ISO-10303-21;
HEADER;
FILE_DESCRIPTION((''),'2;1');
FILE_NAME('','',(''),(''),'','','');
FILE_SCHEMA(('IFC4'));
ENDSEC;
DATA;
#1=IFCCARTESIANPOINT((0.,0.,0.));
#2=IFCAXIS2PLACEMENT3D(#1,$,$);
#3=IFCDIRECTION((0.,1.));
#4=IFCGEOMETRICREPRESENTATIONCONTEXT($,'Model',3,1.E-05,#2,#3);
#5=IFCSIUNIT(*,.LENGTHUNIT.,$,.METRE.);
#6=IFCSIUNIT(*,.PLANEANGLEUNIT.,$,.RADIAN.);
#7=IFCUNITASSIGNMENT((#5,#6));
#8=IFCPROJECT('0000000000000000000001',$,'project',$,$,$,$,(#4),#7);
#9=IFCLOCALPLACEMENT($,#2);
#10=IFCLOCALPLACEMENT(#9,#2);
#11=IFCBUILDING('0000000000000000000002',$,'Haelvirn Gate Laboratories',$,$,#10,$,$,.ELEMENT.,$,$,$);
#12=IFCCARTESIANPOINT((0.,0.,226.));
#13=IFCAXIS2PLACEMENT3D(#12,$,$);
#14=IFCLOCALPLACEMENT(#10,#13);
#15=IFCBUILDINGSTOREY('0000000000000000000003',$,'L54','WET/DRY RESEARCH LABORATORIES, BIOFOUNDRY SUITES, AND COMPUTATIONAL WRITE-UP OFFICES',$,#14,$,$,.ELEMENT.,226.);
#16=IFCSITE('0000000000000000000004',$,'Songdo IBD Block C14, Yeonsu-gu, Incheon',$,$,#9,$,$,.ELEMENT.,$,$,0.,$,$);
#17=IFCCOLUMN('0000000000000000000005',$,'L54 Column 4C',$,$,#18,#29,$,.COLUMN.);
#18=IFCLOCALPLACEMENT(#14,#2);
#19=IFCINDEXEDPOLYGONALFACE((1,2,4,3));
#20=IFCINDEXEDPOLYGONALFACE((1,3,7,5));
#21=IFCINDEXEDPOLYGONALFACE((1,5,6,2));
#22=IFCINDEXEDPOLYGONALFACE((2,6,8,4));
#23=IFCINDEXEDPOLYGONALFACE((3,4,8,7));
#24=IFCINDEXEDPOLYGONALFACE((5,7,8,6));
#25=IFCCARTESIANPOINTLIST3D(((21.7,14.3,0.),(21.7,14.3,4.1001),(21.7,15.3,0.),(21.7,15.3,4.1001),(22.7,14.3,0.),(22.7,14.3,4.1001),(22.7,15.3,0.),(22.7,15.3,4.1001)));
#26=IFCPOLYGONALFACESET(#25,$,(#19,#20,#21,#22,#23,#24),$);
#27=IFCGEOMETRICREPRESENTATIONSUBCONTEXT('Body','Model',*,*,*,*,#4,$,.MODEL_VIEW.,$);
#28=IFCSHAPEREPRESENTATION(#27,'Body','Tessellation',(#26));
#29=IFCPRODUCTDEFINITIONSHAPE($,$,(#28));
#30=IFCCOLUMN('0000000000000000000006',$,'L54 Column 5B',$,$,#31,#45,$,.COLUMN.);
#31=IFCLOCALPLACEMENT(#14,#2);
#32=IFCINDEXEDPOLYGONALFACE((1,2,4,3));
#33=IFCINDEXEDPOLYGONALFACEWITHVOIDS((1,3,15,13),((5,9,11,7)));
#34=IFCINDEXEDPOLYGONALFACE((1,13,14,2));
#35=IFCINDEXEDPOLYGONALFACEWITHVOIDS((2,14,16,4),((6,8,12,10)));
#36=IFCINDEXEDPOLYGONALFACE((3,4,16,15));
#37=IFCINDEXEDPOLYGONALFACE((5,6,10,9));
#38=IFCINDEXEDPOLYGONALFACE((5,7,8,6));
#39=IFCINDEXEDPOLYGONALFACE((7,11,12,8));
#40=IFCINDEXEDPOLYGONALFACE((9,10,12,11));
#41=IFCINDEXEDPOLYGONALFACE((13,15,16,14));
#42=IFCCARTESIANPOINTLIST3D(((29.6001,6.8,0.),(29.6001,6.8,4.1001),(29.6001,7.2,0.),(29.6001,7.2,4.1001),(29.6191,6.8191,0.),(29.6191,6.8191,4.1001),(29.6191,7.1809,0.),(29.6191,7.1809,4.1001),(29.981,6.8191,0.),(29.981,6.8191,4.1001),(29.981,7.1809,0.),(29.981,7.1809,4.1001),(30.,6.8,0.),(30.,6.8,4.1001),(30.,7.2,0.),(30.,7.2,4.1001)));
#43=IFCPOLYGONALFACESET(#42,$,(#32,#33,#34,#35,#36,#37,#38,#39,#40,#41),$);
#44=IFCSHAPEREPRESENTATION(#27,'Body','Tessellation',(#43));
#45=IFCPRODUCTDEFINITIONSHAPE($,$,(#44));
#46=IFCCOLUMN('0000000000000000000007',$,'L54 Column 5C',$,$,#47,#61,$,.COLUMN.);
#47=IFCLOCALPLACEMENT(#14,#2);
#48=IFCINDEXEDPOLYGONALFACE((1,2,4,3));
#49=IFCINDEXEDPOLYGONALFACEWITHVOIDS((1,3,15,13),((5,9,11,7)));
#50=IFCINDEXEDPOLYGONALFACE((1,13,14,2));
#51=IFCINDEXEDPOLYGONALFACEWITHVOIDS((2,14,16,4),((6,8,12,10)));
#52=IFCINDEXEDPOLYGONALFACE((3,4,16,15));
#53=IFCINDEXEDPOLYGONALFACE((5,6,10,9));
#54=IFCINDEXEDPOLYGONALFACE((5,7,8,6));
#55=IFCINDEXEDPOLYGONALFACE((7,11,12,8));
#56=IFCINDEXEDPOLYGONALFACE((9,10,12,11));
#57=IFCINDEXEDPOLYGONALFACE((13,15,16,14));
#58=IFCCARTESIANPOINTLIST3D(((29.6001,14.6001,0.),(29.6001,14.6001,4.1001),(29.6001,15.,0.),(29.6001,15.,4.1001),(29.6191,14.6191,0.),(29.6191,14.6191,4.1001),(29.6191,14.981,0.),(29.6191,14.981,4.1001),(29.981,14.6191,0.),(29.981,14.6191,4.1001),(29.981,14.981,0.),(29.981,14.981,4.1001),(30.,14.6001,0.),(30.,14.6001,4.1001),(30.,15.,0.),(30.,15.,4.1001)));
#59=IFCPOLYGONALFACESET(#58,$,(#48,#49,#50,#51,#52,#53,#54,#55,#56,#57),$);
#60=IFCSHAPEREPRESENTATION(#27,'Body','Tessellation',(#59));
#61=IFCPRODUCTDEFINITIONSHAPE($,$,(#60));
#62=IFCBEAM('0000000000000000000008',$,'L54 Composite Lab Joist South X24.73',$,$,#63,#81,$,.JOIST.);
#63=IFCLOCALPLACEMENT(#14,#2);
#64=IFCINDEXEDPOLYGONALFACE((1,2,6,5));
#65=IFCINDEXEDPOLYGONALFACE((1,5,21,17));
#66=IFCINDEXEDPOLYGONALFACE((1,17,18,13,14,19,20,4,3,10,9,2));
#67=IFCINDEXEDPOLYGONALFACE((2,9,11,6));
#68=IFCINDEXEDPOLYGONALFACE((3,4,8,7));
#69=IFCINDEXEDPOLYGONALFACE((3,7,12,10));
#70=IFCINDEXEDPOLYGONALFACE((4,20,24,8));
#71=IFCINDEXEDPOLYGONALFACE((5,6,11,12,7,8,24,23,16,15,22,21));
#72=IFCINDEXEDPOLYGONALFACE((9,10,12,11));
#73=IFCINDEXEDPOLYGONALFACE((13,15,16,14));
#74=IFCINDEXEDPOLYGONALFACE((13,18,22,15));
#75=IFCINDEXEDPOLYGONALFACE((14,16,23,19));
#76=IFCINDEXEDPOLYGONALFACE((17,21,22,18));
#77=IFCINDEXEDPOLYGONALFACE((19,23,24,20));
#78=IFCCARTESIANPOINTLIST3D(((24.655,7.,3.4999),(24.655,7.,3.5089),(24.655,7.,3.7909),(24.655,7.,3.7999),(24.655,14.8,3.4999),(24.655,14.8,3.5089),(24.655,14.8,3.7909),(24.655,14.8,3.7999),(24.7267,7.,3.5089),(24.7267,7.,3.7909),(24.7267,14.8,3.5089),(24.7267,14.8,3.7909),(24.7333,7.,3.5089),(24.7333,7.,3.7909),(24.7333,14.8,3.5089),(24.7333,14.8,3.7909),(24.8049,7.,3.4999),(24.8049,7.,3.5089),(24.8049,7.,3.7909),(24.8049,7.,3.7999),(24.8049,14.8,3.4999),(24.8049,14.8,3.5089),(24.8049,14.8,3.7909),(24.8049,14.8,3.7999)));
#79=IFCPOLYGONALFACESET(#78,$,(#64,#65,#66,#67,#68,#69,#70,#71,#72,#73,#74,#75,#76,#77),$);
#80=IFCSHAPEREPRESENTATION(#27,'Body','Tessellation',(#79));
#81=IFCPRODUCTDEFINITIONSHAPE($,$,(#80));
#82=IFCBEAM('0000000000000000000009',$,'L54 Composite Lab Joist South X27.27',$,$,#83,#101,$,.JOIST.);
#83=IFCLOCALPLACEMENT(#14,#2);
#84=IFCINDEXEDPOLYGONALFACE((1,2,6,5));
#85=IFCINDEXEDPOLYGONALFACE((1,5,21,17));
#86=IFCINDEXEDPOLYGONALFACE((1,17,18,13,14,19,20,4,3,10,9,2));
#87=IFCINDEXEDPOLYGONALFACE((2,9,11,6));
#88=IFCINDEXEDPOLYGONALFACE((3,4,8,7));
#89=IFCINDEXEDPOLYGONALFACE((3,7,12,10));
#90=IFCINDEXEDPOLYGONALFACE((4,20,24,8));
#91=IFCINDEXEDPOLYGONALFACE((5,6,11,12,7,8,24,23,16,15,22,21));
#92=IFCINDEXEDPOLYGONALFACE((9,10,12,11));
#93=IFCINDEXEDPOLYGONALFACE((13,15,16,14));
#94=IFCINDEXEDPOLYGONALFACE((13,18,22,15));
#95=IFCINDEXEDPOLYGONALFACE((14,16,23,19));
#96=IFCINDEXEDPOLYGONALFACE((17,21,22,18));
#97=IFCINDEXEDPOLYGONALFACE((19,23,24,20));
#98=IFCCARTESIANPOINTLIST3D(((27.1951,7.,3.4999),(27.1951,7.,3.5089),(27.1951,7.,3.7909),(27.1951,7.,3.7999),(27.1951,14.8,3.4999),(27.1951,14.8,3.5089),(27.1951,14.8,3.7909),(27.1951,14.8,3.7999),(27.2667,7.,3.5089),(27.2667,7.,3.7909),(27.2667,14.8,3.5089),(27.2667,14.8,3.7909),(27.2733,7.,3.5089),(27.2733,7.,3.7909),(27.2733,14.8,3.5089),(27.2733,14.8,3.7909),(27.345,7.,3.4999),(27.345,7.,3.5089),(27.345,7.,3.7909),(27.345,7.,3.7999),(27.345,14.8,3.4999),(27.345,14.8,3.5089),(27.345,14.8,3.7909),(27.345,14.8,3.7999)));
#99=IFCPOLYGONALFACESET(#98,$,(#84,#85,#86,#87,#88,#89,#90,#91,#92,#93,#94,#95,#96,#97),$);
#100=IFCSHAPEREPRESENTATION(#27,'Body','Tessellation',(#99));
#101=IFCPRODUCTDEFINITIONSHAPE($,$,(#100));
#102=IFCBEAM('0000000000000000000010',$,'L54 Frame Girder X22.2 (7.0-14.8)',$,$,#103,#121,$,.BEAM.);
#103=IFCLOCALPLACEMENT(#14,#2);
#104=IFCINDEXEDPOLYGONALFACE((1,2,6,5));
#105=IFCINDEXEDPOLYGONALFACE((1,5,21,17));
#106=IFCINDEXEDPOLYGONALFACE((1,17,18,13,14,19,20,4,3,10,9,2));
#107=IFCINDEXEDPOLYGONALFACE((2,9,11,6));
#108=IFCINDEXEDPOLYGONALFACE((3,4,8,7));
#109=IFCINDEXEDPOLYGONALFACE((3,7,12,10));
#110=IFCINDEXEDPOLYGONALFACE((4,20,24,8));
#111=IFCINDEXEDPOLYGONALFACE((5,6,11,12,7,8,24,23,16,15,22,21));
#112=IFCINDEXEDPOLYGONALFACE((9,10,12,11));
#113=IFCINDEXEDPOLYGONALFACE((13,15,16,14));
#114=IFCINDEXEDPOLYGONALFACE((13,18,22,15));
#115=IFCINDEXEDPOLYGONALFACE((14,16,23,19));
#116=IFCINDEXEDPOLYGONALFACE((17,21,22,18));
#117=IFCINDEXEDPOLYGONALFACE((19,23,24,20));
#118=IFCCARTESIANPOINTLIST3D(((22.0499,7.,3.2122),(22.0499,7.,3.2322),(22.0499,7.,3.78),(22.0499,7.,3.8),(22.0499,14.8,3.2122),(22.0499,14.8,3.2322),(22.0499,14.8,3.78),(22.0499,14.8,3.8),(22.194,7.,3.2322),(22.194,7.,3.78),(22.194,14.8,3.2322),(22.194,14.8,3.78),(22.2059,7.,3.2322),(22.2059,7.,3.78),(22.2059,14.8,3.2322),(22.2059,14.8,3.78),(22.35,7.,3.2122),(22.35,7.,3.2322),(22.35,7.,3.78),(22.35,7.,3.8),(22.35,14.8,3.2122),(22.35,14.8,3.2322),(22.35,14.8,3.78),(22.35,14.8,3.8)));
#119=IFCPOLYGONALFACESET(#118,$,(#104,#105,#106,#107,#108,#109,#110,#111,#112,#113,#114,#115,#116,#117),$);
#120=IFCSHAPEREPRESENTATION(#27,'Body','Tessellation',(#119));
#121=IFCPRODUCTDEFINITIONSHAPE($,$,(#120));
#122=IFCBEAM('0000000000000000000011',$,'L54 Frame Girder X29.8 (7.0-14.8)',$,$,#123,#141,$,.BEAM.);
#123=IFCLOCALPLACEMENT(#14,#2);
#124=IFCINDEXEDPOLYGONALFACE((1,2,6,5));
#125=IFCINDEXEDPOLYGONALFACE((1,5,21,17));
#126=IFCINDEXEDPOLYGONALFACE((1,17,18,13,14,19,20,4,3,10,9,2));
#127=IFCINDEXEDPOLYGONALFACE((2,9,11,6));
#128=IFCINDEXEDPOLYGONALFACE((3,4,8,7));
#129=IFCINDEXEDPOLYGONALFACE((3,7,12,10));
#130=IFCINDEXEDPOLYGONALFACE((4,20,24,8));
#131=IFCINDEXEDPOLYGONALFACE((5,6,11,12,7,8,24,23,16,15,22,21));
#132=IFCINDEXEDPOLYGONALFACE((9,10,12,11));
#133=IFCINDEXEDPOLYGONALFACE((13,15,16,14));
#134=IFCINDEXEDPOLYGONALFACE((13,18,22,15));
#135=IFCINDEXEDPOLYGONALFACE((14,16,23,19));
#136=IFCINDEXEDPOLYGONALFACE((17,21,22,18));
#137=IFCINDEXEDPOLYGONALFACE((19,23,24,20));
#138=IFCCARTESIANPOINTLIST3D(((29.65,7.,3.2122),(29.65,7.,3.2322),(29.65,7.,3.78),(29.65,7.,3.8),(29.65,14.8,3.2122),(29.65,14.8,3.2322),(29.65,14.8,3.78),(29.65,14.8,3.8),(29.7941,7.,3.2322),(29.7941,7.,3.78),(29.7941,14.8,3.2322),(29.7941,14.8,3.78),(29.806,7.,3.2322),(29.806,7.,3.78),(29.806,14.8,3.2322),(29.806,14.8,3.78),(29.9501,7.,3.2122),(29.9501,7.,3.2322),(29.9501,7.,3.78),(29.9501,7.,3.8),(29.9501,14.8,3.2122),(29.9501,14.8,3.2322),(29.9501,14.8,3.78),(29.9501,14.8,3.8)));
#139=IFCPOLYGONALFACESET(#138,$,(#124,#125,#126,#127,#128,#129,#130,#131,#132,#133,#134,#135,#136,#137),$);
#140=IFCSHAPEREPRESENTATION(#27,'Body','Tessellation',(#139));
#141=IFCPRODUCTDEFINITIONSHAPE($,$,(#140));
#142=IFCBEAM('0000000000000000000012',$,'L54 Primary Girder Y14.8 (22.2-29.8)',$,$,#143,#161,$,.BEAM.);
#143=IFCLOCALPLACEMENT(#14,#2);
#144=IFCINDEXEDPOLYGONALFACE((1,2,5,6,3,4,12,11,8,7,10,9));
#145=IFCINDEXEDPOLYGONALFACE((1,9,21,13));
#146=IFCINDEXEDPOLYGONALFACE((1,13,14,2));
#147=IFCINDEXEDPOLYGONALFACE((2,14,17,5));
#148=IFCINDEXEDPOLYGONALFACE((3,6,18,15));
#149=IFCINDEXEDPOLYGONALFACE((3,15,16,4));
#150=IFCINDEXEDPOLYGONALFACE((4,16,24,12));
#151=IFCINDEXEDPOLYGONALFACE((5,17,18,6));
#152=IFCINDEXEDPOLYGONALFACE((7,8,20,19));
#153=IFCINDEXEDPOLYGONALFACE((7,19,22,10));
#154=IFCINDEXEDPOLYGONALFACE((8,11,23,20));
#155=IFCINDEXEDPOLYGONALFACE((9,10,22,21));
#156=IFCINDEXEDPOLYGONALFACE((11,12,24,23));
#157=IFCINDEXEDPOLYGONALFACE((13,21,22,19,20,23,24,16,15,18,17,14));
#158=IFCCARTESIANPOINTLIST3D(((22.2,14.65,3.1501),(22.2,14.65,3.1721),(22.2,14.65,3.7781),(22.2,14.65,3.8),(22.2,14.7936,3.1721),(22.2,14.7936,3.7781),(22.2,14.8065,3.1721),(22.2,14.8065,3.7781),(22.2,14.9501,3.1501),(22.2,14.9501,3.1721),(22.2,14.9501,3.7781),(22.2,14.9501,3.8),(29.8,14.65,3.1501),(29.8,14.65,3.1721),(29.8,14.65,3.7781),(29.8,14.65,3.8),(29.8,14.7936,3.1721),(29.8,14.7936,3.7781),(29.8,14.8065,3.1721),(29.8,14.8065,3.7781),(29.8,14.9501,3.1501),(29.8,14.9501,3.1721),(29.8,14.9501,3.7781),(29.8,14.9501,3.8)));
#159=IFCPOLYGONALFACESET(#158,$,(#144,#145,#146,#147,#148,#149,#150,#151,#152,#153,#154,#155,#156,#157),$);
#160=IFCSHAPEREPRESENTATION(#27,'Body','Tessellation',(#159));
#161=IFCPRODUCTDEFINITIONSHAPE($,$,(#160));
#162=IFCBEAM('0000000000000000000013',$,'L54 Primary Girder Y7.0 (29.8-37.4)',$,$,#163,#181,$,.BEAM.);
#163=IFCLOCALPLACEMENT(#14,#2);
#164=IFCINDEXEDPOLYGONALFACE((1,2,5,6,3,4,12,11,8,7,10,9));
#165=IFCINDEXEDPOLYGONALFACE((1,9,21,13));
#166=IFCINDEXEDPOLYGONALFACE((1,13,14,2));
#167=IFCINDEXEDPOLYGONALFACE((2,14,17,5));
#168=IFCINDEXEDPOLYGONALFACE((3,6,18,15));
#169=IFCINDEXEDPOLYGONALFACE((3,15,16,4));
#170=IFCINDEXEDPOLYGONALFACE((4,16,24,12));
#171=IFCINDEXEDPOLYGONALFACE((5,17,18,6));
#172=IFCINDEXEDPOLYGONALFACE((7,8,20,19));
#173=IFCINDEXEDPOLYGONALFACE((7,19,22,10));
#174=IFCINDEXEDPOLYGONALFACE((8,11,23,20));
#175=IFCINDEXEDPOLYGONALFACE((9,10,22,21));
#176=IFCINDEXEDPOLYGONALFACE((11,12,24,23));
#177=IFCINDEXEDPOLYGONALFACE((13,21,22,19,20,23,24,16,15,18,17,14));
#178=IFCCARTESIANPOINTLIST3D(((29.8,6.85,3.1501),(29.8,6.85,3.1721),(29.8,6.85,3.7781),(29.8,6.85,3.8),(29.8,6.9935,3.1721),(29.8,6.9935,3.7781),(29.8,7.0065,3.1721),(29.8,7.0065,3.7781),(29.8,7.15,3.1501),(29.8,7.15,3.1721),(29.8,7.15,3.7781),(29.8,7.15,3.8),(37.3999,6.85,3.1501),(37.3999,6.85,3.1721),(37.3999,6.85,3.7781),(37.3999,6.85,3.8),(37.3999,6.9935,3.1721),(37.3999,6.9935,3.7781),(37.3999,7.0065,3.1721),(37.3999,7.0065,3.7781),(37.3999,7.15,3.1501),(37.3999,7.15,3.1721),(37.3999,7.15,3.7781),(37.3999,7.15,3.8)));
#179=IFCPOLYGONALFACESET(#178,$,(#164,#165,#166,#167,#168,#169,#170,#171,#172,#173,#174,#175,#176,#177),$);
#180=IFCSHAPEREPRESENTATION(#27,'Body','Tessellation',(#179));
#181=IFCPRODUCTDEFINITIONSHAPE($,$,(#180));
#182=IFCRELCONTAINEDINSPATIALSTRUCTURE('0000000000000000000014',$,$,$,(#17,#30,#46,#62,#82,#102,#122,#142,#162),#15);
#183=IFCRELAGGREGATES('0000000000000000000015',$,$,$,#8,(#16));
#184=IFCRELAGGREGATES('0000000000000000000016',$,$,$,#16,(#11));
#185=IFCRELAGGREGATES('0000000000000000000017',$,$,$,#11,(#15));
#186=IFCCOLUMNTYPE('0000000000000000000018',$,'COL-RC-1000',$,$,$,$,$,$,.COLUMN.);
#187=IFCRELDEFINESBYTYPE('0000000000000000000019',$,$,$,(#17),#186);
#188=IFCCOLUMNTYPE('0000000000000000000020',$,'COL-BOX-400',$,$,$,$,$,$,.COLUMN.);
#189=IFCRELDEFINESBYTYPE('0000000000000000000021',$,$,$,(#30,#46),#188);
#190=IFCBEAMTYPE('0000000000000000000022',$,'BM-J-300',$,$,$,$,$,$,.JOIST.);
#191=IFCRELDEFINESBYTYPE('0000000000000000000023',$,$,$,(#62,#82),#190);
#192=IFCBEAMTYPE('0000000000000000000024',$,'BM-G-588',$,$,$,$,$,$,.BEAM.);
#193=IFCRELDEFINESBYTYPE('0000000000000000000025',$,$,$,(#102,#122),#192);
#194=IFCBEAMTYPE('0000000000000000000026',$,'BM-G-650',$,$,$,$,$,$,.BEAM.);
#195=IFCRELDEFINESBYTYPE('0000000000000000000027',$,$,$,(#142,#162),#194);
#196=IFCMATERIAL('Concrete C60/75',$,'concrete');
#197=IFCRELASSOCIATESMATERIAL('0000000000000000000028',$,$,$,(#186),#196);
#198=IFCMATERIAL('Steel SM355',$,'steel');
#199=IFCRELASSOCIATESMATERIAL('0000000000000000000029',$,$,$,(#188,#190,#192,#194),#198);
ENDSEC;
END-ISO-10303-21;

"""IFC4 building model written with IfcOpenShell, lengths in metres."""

from ifc_helpers import new_model, si_unit, direction, frame, origin, origin_2d, place, context, subcontext, project, spatial, rectangle, hollow_rectangle, i_section, extrude, source, transform, mapped, material, material_profile, profile_set, type_object, type_shapes, element, save


model = new_model("IFC4")

# Units and contexts
model_context = context("Model", 3, precision=1e-05, world=origin(), true_north=direction((0.0, 1.0)))
body_context = subcontext(model_context, "Body", "Model", "MODEL_VIEW")
ifc_project = project(units=[si_unit("LENGTHUNIT", "METRE"), si_unit("PLANEANGLEUNIT", "RADIAN")], contexts=[model_context])

# Site, building, storey
site_placement = place(None, origin())
site = spatial("IfcSite", under=ifc_project, at=site_placement, Name="Songdo IBD Block C14, Yeonsu-gu, Incheon", CompositionType="ELEMENT", RefElevation=0.0)
building_placement = place(site_placement, origin())
building = spatial("IfcBuilding", under=site, at=building_placement, Name="Haelvirn Gate Laboratories", CompositionType="ELEMENT")
storey_placement = place(building_placement, frame((0.0, 0.0, 226.0)))
storey = spatial("IfcBuildingStorey", under=building, at=storey_placement, Name="L54", Description="WET/DRY RESEARCH LABORATORIES, BIOFOUNDRY SUITES, AND COMPUTATIONAL WRITE-UP OFFICES", CompositionType="ELEMENT", Elevation=226.0)

# Columns
ifc_material_1 = material(Name="Concrete C60/75", Category="concrete")
ifc_material_profile_1 = material_profile(ifc_material_1, rectangle(XDim=1.0, YDim=1.0, at=origin_2d()), Name="RC-1000x1000")
ifc_profile_set_1 = profile_set([ifc_material_profile_1], Name="Concrete C60/75")
column_type_1 = type_object("IfcColumnType", Name="COL-RC-1000", PredefinedType="COLUMN", material=ifc_profile_set_1)
shared_shape_1 = source(origin(), body_context, "Body", "SweptSolid", [
    extrude(rectangle(XDim=1.0, YDim=1.0, at=origin_2d()), origin(), (0.0, 0.0, 1.0), 4.1001),
])
type_shapes(column_type_1, [shared_shape_1])
column_placement = place(storey_placement, frame((22.2, 14.8, 0.0), z_axis=(0.0, 0.0, 1.0), x_axis=(1.0, 0.0, 0.0)))
element("IfcColumn", 1, at=column_placement, inside=storey, type_object=column_type_1, Name="L54 Column 4C", PredefinedType="COLUMN", context=body_context, shape_type="MappedRepresentation", body=[
    mapped(shared_shape_1, transform((0.0, 0.0, 0.0), scale=1.0)),
])
ifc_material_2 = material(Name="Steel SM355", Category="steel")
ifc_material_profile_2 = material_profile(ifc_material_2, hollow_rectangle(XDim=0.3999, YDim=0.3999, WallThickness=0.019, at=origin_2d()), Name="BOX-400x400x19")
ifc_profile_set_2 = profile_set([ifc_material_profile_2], Name="Steel SM355")
column_type_2 = type_object("IfcColumnType", Name="COL-BOX-400", PredefinedType="COLUMN", material=ifc_profile_set_2)
shared_shape_2 = source(origin(), body_context, "Body", "SweptSolid", [
    extrude(hollow_rectangle(XDim=0.3999, YDim=0.3999, WallThickness=0.019, at=origin_2d()), origin(), (0.0, 0.0, 1.0), 4.1001),
])
type_shapes(column_type_2, [shared_shape_2])
for number, where, z_axis, x_axis, name in (
    (2, (29.8, 7.0, 0.0), (0.0, 0.0, 1.0), (1.0, 0.0, 0.0), "L54 Column 5B"),
    (3, (29.8, 14.8, 0.0), (0.0, 0.0, 1.0), (1.0, 0.0, 0.0), "L54 Column 5C"),
):
    element("IfcColumn", number, at=place(storey_placement, frame(where, z_axis=z_axis, x_axis=x_axis)), inside=storey, type_object=column_type_2, Name=name, PredefinedType="COLUMN", context=body_context, shape_type="MappedRepresentation", body=[
        mapped(shared_shape_2, transform((0.0, 0.0, 0.0), scale=1.0)),
    ])

# Beams
ifc_material_profile_3 = material_profile(ifc_material_2, i_section(OverallWidth=0.1499, OverallDepth=0.3, WebThickness=0.0066, FlangeThickness=0.009, at=origin_2d()), Name="H-300x150x6.5x9")
ifc_profile_set_3 = profile_set([ifc_material_profile_3], Name="Steel SM355")
beam_type_1 = type_object("IfcBeamType", Name="BM-J-300", PredefinedType="JOIST", material=ifc_profile_set_3)
shared_shape_3 = source(origin(), body_context, "Body", "SweptSolid", [
    extrude(i_section(OverallWidth=0.1499, OverallDepth=0.3, WebThickness=0.0066, FlangeThickness=0.009, at=origin_2d()), origin(), (0.0, 0.0, 1.0), 7.8),
])
type_shapes(beam_type_1, [shared_shape_3])
for number, where, z_axis, x_axis, name in (
    (4, (24.73, 7.0, 3.6499), (0.0, 1.0, 0.0), (-1.0, 0.0, 0.0), "L54 Composite Lab Joist South X24.73"),
    (5, (27.27, 7.0, 3.6499), (0.0, 1.0, 0.0), (-1.0, 0.0, 0.0), "L54 Composite Lab Joist South X27.27"),
):
    element("IfcBeam", number, at=place(storey_placement, frame(where, z_axis=z_axis, x_axis=x_axis)), inside=storey, type_object=beam_type_1, Name=name, PredefinedType="JOIST", context=body_context, shape_type="MappedRepresentation", body=[
        mapped(shared_shape_3, transform((0.0, 0.0, 0.0), scale=1.0)),
    ])
ifc_material_profile_4 = material_profile(ifc_material_2, i_section(OverallWidth=0.3, OverallDepth=0.5879, WebThickness=0.012, FlangeThickness=0.02, at=origin_2d()), Name="H-588x300x12x20")
ifc_profile_set_4 = profile_set([ifc_material_profile_4], Name="Steel SM355")
beam_type_2 = type_object("IfcBeamType", Name="BM-G-588", PredefinedType="BEAM", material=ifc_profile_set_4)
shared_shape_4 = source(origin(), body_context, "Body", "SweptSolid", [
    extrude(i_section(OverallWidth=0.3, OverallDepth=0.5879, WebThickness=0.012, FlangeThickness=0.02, at=origin_2d()), origin(), (0.0, 0.0, 1.0), 7.8),
])
type_shapes(beam_type_2, [shared_shape_4])
for number, where, z_axis, x_axis, name in (
    (6, (22.2, 7.0, 3.5061), (0.0, 1.0, 0.0), (-1.0, 0.0, 0.0), "L54 Frame Girder X22.2 (7.0-14.8)"),
    (7, (29.8, 7.0, 3.5061), (0.0, 1.0, 0.0), (-1.0, 0.0, 0.0), "L54 Frame Girder X29.8 (7.0-14.8)"),
):
    element("IfcBeam", number, at=place(storey_placement, frame(where, z_axis=z_axis, x_axis=x_axis)), inside=storey, type_object=beam_type_2, Name=name, PredefinedType="BEAM", context=body_context, shape_type="MappedRepresentation", body=[
        mapped(shared_shape_4, transform((0.0, 0.0, 0.0), scale=1.0)),
    ])
ifc_material_profile_5 = material_profile(ifc_material_2, i_section(OverallWidth=0.3, OverallDepth=0.6499, WebThickness=0.0129, FlangeThickness=0.022, at=origin_2d()), Name="H-650x300x13x22")
ifc_profile_set_5 = profile_set([ifc_material_profile_5], Name="Steel SM355")
beam_type_3 = type_object("IfcBeamType", Name="BM-G-650", PredefinedType="BEAM", material=ifc_profile_set_5)
shared_shape_5 = source(origin(), body_context, "Body", "SweptSolid", [
    extrude(i_section(OverallWidth=0.3, OverallDepth=0.6499, WebThickness=0.0129, FlangeThickness=0.022, at=origin_2d()), origin(), (0.0, 0.0, 1.0), 7.6001),
])
beam_placement = place(storey_placement, frame((22.2, 14.8, 3.4751), z_axis=(1.0, 0.0, 0.0), x_axis=(0.0, 1.0, 0.0)))
element("IfcBeam", 8, at=beam_placement, inside=storey, type_object=beam_type_3, Name="L54 Primary Girder Y14.8 (22.2-29.8)", PredefinedType="BEAM", context=body_context, shape_type="MappedRepresentation", body=[
    mapped(shared_shape_5, transform((0.0, 0.0, 0.0), scale=1.0)),
])
shared_shape_6 = source(origin(), body_context, "Body", "SweptSolid", [
    extrude(i_section(OverallWidth=0.3, OverallDepth=0.6499, WebThickness=0.0129, FlangeThickness=0.022, at=origin_2d()), origin(), (0.0, 0.0, 1.0), 7.5999),
])
type_shapes(beam_type_3, [shared_shape_5, shared_shape_6])
for number, where, z_axis, x_axis, name in (
    (9, (29.8, 7.0, 3.4751), (1.0, 0.0, 0.0), (0.0, 1.0, 0.0), "L54 Primary Girder Y7.0 (29.8-37.4)"),
):
    element("IfcBeam", number, at=place(storey_placement, frame(where, z_axis=z_axis, x_axis=x_axis)), inside=storey, type_object=beam_type_3, Name=name, PredefinedType="BEAM", context=body_context, shape_type="MappedRepresentation", body=[
        mapped(shared_shape_6, transform((0.0, 0.0, 0.0), scale=1.0)),
    ])

save(model, "model.ifc")
